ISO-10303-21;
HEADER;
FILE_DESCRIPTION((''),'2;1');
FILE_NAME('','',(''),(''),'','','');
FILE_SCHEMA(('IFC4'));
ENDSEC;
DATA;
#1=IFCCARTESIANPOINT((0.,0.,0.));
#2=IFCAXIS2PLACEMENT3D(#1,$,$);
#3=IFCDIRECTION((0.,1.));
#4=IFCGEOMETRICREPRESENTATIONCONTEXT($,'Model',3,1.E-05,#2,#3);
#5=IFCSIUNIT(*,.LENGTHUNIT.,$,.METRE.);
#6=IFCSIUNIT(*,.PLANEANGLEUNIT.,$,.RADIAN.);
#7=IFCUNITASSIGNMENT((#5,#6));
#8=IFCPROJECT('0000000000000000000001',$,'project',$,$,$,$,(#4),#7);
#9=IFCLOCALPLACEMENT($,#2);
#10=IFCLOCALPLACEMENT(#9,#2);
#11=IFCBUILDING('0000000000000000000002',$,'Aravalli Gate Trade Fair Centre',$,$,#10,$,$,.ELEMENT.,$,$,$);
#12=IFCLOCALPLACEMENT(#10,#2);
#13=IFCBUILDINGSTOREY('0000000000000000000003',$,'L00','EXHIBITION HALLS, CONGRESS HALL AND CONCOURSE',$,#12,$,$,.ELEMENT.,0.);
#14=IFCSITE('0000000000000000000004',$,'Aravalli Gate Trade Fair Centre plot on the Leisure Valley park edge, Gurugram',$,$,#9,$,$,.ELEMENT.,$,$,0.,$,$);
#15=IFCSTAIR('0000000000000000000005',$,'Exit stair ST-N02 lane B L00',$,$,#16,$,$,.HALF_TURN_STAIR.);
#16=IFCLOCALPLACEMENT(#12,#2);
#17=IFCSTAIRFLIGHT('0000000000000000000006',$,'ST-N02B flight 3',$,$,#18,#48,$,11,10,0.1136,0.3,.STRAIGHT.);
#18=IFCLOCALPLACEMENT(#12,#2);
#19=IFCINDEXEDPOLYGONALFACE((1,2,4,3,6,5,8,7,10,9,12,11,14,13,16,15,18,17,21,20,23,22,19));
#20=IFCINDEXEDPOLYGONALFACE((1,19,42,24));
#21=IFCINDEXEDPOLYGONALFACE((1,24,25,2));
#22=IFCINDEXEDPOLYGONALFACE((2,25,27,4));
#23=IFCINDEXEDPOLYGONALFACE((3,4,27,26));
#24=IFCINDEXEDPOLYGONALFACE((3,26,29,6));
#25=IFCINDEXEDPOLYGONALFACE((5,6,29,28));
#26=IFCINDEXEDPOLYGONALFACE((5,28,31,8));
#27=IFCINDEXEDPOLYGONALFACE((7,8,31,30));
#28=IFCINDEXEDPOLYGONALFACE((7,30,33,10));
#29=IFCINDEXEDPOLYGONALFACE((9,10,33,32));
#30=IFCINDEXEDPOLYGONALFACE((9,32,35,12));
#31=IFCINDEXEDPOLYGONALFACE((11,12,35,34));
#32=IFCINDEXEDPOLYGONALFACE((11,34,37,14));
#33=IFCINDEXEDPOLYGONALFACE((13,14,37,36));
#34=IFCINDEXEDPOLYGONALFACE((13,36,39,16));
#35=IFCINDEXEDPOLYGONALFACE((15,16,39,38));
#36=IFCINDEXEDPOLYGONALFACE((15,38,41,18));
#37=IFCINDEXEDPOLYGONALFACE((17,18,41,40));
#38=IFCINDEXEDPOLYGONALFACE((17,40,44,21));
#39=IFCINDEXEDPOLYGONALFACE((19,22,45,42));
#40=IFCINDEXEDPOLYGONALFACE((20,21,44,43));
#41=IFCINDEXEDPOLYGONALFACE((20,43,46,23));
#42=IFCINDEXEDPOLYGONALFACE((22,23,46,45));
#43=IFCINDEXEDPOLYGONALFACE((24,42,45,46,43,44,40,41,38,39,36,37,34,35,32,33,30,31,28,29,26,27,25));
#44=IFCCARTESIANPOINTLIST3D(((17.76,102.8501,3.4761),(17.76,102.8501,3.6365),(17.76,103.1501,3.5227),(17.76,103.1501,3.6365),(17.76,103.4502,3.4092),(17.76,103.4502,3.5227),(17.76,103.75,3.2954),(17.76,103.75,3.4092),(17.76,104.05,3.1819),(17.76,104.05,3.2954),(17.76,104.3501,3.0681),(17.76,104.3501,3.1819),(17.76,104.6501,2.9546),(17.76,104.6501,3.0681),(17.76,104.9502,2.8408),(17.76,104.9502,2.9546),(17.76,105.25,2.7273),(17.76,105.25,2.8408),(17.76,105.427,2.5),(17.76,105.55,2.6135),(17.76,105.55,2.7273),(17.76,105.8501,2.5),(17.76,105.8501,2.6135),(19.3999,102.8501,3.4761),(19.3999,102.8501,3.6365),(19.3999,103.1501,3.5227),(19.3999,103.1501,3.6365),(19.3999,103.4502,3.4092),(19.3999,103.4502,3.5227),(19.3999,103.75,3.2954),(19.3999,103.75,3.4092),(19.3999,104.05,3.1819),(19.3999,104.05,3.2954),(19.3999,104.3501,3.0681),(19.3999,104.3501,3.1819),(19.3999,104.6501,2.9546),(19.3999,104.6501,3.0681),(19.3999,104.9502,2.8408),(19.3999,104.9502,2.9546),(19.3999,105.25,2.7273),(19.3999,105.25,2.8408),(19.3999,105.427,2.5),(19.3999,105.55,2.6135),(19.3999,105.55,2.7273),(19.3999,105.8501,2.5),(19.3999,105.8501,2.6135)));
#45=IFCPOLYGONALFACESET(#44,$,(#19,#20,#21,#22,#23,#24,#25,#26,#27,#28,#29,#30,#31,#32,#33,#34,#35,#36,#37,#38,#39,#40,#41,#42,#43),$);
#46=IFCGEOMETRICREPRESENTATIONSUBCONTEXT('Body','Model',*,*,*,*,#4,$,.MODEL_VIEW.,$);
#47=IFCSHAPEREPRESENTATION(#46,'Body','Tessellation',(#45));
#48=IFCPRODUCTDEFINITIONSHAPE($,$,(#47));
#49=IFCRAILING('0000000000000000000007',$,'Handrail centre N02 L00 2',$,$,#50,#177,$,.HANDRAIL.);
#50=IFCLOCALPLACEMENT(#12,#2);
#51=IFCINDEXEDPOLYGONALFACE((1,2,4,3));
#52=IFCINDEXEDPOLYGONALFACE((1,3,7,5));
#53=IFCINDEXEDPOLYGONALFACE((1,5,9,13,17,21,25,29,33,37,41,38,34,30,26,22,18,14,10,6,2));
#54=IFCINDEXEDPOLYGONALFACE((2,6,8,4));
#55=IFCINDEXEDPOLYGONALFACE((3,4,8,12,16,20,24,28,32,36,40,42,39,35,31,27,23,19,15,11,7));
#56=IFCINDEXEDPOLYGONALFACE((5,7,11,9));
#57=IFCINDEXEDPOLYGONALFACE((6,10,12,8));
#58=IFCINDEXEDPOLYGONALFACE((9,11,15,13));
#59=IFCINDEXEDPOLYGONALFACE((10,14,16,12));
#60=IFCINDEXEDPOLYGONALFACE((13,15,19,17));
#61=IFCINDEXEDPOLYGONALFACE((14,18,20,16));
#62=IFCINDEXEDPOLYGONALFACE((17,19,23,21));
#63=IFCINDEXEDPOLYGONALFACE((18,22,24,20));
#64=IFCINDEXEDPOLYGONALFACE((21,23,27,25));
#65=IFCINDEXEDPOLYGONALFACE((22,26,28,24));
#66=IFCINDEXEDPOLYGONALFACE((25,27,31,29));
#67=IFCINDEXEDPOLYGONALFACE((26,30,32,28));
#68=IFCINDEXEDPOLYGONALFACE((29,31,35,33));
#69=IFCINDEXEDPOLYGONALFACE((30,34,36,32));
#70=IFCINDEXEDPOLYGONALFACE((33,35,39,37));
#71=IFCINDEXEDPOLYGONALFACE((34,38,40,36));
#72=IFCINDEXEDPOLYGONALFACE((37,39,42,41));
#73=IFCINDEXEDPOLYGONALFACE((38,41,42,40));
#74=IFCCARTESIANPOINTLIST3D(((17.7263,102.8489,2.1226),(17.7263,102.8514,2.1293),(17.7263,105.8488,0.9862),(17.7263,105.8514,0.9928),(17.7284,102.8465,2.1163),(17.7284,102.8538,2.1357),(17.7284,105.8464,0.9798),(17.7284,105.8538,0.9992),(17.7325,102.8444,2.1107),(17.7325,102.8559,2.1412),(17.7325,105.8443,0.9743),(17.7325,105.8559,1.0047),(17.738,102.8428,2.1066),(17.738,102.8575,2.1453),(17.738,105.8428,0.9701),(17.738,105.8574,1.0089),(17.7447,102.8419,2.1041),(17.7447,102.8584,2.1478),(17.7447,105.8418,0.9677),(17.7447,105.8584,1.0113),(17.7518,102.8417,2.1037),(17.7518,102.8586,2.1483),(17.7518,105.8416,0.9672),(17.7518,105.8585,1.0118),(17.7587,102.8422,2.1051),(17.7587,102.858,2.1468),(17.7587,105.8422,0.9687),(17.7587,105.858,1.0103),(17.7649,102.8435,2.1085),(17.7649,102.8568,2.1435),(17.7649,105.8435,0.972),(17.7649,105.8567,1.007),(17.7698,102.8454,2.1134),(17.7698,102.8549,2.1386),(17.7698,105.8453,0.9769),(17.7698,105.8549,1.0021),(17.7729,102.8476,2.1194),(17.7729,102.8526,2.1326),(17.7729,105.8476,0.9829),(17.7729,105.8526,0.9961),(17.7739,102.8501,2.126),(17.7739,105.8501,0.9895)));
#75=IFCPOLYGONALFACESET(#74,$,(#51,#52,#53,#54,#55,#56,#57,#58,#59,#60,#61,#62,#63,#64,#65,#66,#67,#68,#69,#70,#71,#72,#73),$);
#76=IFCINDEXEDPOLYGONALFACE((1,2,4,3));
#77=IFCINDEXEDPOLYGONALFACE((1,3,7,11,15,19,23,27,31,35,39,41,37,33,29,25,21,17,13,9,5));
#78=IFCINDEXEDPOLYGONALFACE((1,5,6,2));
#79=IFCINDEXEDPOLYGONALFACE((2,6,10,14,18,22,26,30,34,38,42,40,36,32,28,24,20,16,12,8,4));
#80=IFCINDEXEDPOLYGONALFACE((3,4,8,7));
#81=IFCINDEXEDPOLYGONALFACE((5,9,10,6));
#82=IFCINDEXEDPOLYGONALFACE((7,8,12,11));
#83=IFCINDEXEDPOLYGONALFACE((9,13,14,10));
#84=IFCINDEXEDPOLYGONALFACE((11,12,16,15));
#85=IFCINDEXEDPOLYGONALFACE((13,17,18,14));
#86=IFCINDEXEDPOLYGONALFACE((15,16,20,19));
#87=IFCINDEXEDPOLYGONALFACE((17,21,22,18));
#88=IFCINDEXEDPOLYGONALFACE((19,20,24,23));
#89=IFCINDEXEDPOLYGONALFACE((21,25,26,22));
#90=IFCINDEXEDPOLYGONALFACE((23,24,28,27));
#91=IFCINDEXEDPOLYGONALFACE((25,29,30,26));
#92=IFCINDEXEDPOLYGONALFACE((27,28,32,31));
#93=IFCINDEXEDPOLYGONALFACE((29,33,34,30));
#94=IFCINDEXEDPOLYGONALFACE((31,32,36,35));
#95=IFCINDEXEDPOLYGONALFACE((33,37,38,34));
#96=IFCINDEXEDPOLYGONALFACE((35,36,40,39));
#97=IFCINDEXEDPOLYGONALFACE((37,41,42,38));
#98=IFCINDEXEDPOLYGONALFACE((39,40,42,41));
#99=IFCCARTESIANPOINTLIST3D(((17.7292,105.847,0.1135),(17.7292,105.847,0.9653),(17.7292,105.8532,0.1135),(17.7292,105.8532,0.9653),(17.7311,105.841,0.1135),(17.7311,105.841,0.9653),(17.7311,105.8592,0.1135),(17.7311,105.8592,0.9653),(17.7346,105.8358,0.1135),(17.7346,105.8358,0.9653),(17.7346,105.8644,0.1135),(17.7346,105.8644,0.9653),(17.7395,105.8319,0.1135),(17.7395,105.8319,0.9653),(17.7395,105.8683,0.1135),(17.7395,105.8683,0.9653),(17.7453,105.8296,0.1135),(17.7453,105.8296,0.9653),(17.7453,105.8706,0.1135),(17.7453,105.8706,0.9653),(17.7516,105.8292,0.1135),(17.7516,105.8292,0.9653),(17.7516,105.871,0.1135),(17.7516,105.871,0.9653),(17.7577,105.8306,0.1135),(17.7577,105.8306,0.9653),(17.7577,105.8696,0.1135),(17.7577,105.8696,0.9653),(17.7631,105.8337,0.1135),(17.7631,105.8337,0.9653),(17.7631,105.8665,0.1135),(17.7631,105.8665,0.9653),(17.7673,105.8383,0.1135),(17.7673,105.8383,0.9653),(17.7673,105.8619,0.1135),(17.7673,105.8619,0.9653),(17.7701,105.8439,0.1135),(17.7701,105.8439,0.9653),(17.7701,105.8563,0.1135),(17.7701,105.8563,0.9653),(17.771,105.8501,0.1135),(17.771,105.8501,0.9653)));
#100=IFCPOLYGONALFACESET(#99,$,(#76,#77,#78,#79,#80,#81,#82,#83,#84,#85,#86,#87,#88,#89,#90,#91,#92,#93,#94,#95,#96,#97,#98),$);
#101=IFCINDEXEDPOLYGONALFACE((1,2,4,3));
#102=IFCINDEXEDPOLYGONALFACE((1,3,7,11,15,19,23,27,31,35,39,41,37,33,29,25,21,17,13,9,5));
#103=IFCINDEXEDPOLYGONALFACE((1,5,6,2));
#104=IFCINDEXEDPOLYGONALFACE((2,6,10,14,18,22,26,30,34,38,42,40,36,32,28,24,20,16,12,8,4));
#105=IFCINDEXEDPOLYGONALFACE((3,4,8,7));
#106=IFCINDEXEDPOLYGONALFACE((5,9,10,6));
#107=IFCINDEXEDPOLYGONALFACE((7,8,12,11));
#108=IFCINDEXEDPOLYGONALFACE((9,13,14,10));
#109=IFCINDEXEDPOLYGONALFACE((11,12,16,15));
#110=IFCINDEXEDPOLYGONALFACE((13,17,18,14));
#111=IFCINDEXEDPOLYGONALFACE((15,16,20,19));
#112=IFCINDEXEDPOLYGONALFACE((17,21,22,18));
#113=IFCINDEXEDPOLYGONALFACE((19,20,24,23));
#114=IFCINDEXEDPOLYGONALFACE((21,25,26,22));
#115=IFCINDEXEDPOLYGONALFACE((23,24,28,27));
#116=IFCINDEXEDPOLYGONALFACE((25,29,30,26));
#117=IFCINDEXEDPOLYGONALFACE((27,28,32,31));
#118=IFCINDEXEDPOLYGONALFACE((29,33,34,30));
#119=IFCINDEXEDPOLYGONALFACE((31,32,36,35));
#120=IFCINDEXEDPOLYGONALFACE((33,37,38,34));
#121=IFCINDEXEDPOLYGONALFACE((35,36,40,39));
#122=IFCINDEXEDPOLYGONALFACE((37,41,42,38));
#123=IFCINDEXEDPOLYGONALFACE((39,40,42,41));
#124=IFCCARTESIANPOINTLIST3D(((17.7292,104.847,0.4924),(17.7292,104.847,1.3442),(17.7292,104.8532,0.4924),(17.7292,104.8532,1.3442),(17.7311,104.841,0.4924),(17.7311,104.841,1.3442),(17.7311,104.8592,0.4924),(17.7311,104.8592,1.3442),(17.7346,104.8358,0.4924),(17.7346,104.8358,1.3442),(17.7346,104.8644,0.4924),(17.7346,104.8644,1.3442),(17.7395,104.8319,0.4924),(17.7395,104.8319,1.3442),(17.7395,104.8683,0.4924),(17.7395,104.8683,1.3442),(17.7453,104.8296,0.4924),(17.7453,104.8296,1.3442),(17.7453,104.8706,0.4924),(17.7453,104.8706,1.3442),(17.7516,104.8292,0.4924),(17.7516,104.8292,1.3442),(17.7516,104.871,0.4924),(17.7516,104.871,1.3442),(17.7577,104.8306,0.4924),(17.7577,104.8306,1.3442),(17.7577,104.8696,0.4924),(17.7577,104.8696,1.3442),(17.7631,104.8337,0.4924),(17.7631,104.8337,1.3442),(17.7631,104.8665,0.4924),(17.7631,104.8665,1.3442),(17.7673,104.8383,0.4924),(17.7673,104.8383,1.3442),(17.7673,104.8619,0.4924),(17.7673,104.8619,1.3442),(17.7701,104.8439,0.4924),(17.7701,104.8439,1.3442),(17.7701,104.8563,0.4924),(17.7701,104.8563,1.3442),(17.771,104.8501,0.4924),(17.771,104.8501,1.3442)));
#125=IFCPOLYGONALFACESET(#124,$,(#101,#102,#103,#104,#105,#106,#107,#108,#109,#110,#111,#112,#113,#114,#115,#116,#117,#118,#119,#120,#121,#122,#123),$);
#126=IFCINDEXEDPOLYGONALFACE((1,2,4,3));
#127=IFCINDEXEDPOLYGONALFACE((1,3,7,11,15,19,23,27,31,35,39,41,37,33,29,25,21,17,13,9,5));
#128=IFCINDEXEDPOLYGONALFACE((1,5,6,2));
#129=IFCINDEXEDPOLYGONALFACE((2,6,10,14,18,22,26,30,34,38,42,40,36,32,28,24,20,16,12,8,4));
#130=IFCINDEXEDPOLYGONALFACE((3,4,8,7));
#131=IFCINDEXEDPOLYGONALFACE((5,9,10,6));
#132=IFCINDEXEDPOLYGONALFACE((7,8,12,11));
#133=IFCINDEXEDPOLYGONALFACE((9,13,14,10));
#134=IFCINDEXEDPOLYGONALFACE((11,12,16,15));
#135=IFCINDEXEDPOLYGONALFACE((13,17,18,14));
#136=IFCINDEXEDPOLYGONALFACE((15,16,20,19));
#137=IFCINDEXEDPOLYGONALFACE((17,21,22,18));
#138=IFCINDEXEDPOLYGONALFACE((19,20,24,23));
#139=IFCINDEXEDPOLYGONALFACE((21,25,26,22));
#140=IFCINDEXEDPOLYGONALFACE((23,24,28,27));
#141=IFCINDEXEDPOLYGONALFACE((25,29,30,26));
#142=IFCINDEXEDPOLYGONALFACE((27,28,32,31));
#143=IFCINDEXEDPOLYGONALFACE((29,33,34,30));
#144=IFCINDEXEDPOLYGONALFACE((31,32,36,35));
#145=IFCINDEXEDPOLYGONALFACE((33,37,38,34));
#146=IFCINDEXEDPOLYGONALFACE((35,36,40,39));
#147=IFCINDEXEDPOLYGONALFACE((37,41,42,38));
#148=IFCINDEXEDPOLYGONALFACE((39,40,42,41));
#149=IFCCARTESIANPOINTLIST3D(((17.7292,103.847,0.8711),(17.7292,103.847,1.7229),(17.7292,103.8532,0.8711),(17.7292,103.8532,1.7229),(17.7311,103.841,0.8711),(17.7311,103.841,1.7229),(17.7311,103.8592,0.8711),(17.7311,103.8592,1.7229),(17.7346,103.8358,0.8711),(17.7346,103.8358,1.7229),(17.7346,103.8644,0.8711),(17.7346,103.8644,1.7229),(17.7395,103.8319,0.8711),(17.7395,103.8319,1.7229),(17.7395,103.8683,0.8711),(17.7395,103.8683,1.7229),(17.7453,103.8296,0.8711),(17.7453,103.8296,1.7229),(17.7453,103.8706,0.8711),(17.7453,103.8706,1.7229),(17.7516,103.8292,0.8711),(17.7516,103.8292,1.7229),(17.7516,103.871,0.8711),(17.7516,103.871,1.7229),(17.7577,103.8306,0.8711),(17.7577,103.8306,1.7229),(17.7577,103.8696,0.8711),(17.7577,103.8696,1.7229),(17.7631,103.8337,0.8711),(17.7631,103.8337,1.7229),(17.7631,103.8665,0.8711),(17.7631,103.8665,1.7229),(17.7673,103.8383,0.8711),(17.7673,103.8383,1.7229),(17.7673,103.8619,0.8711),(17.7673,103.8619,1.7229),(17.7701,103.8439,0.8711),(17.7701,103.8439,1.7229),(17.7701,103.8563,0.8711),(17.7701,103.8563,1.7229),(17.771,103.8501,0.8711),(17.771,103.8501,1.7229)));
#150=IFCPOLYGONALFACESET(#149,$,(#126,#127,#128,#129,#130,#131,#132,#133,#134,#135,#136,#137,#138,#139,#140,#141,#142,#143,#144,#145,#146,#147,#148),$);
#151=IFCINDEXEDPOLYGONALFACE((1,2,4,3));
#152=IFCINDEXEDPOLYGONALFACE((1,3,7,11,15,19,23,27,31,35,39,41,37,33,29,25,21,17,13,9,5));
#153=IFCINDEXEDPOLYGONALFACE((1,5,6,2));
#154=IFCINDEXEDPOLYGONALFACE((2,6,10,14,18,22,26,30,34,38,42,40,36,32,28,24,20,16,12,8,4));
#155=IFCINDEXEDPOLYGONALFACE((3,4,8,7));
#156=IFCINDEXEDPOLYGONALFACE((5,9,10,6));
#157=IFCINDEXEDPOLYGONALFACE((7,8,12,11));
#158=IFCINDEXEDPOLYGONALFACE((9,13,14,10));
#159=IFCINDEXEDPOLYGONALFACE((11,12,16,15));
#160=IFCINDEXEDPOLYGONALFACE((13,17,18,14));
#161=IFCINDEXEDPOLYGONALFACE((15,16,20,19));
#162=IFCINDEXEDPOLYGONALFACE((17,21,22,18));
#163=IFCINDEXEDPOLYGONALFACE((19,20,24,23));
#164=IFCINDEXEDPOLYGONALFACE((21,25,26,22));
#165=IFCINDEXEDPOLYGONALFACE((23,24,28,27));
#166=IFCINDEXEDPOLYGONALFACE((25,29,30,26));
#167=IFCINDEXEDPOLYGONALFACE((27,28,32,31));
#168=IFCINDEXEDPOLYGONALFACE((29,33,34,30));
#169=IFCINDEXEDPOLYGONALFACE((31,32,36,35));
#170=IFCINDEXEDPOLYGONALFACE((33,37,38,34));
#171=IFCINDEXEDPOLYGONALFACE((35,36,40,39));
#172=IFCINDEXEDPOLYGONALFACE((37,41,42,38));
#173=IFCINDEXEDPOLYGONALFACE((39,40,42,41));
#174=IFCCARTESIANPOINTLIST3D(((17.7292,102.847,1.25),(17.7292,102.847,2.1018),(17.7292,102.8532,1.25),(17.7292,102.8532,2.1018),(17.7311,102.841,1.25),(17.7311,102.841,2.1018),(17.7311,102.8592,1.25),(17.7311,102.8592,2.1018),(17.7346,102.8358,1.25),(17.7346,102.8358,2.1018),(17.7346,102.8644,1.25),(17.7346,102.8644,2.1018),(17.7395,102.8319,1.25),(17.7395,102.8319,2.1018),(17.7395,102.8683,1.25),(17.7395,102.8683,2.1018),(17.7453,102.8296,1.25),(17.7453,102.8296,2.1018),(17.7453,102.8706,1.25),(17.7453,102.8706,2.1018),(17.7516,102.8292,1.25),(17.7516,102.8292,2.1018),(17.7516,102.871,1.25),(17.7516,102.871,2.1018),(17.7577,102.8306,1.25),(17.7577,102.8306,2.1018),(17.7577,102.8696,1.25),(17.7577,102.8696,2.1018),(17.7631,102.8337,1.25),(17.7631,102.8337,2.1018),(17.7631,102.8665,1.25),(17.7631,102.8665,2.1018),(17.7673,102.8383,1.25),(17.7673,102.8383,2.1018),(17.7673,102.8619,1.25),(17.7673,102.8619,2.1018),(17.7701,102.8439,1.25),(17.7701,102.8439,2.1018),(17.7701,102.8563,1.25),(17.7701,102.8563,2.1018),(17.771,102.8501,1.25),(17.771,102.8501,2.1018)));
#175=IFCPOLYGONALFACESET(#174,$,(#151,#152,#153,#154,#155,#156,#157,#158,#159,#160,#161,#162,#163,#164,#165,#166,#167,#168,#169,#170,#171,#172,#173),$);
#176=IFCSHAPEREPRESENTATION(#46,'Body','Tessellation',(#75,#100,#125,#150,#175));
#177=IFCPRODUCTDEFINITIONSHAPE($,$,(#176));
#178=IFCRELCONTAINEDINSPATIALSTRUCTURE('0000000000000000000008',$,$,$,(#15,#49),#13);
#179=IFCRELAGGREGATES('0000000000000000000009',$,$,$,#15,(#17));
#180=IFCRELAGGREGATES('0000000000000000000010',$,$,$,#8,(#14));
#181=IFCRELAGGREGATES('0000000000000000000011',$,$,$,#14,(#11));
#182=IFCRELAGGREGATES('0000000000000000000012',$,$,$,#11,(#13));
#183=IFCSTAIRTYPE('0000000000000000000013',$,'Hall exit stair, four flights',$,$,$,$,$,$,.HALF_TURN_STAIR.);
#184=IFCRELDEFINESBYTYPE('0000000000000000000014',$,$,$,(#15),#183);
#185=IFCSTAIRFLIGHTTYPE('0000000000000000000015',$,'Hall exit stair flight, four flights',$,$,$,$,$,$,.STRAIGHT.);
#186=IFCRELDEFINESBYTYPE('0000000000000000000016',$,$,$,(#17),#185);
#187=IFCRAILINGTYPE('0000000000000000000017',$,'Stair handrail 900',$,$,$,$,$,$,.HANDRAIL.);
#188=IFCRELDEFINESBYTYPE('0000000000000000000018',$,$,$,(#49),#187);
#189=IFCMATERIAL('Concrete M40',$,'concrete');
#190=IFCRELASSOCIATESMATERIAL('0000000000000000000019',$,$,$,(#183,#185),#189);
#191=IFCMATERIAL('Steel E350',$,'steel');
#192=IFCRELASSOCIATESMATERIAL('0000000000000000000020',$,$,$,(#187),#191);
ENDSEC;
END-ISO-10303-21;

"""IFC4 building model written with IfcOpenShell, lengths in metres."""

from ifc_helpers import new_model, si_unit, direction, frame, origin, origin_2d, place, context, subcontext, project, spatial, polyline, circle, outline, extrude, material, type_object, element, aggregate, save


model = new_model("IFC4")

# Units and contexts
model_context = context("Model", 3, precision=1e-05, world=origin(), true_north=direction((0.0, 1.0)))
body_context = subcontext(model_context, "Body", "Model", "MODEL_VIEW")
ifc_project = project(units=[si_unit("LENGTHUNIT", "METRE"), si_unit("PLANEANGLEUNIT", "RADIAN")], contexts=[model_context])

# Site, building, storey
site_placement = place(None, origin())
site = spatial("IfcSite", under=ifc_project, at=site_placement, Name="Aravalli Gate Trade Fair Centre plot on the Leisure Valley park edge, Gurugram", CompositionType="ELEMENT", RefElevation=0.0)
building_placement = place(site_placement, origin())
building = spatial("IfcBuilding", under=site, at=building_placement, Name="Aravalli Gate Trade Fair Centre", CompositionType="ELEMENT")
storey_placement = place(building_placement, origin())
storey = spatial("IfcBuildingStorey", under=building, at=storey_placement, Name="L00", Description="EXHIBITION HALLS, CONGRESS HALL AND CONCOURSE", CompositionType="ELEMENT", Elevation=0.0)

# Shared definitions
ifc_material_1 = material(Name="Steel E350", Category="steel")

# Shared definitions
ifc_material_2 = material(Name="Concrete M40", Category="concrete")

# Stair, stair flight
stair_type = type_object("IfcStairType", Name="Hall exit stair, four flights", PredefinedType="HALF_TURN_STAIR", material=ifc_material_2)
stair_placement = place(storey_placement, origin())
stair = element("IfcStair", 1, at=stair_placement, inside=storey, type_object=stair_type, Name="Exit stair ST-N02 lane B L00", PredefinedType="HALF_TURN_STAIR")
stair_flight_type = type_object("IfcStairFlightType", Name="Hall exit stair flight, four flights", PredefinedType="STRAIGHT", material=ifc_material_2)
stair_flight_1_placement = place(storey_placement, frame((18.5801, 105.8501, 2.5), z_axis=(0.0, 0.0, 1.0), x_axis=(0.0, -1.0, 0.0)))
stair_flight_1 = element("IfcStairFlight", 2, at=stair_flight_1_placement, type_object=stair_flight_type, Name="ST-N02B flight 3", NumberOfRisers=11, NumberOfTreads=10, PredefinedType="STRAIGHT", RiserHeight=0.1136, TreadLength=0.3, context=body_context, shape_type="SweptSolid", body=[
    extrude(outline(polyline([(0.0, 0.0), (0.0, 0.1135), (0.3, 0.1135), (0.3, 0.2273), (0.6001, 0.2273), (0.6001, 0.3408), (0.8999, 0.3408), (0.8999, 0.4546), (1.2, 0.4546), (1.2, 0.5681), (1.5, 0.5681), (1.5, 0.6819), (1.8, 0.6819), (1.8, 0.7954), (2.1001, 0.7954), (2.1001, 0.9092), (2.3999, 0.9092), (2.3999, 1.0227), (2.7, 1.0227), (2.7, 1.1365), (3.0, 1.1365), (3.0, 1.25), (3.0, 0.9761), (0.4231, 0.0), (0.0, 0.0)])), frame((0.0, 0.8198, 0.0), z_axis=(0.0, -1.0, 0.0), x_axis=(1.0, 0.0, 0.0)), (0.0, 0.0, 1.0), 1.6399),
])
aggregate(stair, [stair_flight_1])

# Railing
railing_type = type_object("IfcRailingType", Name="Stair handrail 900", PredefinedType="HANDRAIL", material=ifc_material_1)
for number, where, name in (
    (3, (17.75, 105.8501, 0.1135), "Handrail centre N02 L00 2"),
):
    element("IfcRailing", number, at=place(storey_placement, frame(where)), inside=storey, type_object=railing_type, Name=name, PredefinedType="HANDRAIL", context=body_context, shape_type="SweptSolid", body=[
        extrude(circle(Radius=0.0239, at=origin_2d()), frame((0.0, 0.0, 0.876), z_axis=(0.0, -0.935148, 0.354257), x_axis=(1.0, 0.0, 0.0)), (0.0, 0.0, 1.0), 3.208),
        extrude(circle(Radius=0.021, at=origin_2d()), origin(), (0.0, 0.0, 1.0), 0.8518),
        extrude(circle(Radius=0.021, at=origin_2d()), frame((0.0, -1.0, 0.3789)), (0.0, 0.0, 1.0), 0.8518),
        extrude(circle(Radius=0.021, at=origin_2d()), frame((0.0, -2.0, 0.7576)), (0.0, 0.0, 1.0), 0.8518),
        extrude(circle(Radius=0.021, at=origin_2d()), frame((0.0, -3.0, 1.1365)), (0.0, 0.0, 1.0), 0.8518),
    ])

save(model, "model.ifc")
